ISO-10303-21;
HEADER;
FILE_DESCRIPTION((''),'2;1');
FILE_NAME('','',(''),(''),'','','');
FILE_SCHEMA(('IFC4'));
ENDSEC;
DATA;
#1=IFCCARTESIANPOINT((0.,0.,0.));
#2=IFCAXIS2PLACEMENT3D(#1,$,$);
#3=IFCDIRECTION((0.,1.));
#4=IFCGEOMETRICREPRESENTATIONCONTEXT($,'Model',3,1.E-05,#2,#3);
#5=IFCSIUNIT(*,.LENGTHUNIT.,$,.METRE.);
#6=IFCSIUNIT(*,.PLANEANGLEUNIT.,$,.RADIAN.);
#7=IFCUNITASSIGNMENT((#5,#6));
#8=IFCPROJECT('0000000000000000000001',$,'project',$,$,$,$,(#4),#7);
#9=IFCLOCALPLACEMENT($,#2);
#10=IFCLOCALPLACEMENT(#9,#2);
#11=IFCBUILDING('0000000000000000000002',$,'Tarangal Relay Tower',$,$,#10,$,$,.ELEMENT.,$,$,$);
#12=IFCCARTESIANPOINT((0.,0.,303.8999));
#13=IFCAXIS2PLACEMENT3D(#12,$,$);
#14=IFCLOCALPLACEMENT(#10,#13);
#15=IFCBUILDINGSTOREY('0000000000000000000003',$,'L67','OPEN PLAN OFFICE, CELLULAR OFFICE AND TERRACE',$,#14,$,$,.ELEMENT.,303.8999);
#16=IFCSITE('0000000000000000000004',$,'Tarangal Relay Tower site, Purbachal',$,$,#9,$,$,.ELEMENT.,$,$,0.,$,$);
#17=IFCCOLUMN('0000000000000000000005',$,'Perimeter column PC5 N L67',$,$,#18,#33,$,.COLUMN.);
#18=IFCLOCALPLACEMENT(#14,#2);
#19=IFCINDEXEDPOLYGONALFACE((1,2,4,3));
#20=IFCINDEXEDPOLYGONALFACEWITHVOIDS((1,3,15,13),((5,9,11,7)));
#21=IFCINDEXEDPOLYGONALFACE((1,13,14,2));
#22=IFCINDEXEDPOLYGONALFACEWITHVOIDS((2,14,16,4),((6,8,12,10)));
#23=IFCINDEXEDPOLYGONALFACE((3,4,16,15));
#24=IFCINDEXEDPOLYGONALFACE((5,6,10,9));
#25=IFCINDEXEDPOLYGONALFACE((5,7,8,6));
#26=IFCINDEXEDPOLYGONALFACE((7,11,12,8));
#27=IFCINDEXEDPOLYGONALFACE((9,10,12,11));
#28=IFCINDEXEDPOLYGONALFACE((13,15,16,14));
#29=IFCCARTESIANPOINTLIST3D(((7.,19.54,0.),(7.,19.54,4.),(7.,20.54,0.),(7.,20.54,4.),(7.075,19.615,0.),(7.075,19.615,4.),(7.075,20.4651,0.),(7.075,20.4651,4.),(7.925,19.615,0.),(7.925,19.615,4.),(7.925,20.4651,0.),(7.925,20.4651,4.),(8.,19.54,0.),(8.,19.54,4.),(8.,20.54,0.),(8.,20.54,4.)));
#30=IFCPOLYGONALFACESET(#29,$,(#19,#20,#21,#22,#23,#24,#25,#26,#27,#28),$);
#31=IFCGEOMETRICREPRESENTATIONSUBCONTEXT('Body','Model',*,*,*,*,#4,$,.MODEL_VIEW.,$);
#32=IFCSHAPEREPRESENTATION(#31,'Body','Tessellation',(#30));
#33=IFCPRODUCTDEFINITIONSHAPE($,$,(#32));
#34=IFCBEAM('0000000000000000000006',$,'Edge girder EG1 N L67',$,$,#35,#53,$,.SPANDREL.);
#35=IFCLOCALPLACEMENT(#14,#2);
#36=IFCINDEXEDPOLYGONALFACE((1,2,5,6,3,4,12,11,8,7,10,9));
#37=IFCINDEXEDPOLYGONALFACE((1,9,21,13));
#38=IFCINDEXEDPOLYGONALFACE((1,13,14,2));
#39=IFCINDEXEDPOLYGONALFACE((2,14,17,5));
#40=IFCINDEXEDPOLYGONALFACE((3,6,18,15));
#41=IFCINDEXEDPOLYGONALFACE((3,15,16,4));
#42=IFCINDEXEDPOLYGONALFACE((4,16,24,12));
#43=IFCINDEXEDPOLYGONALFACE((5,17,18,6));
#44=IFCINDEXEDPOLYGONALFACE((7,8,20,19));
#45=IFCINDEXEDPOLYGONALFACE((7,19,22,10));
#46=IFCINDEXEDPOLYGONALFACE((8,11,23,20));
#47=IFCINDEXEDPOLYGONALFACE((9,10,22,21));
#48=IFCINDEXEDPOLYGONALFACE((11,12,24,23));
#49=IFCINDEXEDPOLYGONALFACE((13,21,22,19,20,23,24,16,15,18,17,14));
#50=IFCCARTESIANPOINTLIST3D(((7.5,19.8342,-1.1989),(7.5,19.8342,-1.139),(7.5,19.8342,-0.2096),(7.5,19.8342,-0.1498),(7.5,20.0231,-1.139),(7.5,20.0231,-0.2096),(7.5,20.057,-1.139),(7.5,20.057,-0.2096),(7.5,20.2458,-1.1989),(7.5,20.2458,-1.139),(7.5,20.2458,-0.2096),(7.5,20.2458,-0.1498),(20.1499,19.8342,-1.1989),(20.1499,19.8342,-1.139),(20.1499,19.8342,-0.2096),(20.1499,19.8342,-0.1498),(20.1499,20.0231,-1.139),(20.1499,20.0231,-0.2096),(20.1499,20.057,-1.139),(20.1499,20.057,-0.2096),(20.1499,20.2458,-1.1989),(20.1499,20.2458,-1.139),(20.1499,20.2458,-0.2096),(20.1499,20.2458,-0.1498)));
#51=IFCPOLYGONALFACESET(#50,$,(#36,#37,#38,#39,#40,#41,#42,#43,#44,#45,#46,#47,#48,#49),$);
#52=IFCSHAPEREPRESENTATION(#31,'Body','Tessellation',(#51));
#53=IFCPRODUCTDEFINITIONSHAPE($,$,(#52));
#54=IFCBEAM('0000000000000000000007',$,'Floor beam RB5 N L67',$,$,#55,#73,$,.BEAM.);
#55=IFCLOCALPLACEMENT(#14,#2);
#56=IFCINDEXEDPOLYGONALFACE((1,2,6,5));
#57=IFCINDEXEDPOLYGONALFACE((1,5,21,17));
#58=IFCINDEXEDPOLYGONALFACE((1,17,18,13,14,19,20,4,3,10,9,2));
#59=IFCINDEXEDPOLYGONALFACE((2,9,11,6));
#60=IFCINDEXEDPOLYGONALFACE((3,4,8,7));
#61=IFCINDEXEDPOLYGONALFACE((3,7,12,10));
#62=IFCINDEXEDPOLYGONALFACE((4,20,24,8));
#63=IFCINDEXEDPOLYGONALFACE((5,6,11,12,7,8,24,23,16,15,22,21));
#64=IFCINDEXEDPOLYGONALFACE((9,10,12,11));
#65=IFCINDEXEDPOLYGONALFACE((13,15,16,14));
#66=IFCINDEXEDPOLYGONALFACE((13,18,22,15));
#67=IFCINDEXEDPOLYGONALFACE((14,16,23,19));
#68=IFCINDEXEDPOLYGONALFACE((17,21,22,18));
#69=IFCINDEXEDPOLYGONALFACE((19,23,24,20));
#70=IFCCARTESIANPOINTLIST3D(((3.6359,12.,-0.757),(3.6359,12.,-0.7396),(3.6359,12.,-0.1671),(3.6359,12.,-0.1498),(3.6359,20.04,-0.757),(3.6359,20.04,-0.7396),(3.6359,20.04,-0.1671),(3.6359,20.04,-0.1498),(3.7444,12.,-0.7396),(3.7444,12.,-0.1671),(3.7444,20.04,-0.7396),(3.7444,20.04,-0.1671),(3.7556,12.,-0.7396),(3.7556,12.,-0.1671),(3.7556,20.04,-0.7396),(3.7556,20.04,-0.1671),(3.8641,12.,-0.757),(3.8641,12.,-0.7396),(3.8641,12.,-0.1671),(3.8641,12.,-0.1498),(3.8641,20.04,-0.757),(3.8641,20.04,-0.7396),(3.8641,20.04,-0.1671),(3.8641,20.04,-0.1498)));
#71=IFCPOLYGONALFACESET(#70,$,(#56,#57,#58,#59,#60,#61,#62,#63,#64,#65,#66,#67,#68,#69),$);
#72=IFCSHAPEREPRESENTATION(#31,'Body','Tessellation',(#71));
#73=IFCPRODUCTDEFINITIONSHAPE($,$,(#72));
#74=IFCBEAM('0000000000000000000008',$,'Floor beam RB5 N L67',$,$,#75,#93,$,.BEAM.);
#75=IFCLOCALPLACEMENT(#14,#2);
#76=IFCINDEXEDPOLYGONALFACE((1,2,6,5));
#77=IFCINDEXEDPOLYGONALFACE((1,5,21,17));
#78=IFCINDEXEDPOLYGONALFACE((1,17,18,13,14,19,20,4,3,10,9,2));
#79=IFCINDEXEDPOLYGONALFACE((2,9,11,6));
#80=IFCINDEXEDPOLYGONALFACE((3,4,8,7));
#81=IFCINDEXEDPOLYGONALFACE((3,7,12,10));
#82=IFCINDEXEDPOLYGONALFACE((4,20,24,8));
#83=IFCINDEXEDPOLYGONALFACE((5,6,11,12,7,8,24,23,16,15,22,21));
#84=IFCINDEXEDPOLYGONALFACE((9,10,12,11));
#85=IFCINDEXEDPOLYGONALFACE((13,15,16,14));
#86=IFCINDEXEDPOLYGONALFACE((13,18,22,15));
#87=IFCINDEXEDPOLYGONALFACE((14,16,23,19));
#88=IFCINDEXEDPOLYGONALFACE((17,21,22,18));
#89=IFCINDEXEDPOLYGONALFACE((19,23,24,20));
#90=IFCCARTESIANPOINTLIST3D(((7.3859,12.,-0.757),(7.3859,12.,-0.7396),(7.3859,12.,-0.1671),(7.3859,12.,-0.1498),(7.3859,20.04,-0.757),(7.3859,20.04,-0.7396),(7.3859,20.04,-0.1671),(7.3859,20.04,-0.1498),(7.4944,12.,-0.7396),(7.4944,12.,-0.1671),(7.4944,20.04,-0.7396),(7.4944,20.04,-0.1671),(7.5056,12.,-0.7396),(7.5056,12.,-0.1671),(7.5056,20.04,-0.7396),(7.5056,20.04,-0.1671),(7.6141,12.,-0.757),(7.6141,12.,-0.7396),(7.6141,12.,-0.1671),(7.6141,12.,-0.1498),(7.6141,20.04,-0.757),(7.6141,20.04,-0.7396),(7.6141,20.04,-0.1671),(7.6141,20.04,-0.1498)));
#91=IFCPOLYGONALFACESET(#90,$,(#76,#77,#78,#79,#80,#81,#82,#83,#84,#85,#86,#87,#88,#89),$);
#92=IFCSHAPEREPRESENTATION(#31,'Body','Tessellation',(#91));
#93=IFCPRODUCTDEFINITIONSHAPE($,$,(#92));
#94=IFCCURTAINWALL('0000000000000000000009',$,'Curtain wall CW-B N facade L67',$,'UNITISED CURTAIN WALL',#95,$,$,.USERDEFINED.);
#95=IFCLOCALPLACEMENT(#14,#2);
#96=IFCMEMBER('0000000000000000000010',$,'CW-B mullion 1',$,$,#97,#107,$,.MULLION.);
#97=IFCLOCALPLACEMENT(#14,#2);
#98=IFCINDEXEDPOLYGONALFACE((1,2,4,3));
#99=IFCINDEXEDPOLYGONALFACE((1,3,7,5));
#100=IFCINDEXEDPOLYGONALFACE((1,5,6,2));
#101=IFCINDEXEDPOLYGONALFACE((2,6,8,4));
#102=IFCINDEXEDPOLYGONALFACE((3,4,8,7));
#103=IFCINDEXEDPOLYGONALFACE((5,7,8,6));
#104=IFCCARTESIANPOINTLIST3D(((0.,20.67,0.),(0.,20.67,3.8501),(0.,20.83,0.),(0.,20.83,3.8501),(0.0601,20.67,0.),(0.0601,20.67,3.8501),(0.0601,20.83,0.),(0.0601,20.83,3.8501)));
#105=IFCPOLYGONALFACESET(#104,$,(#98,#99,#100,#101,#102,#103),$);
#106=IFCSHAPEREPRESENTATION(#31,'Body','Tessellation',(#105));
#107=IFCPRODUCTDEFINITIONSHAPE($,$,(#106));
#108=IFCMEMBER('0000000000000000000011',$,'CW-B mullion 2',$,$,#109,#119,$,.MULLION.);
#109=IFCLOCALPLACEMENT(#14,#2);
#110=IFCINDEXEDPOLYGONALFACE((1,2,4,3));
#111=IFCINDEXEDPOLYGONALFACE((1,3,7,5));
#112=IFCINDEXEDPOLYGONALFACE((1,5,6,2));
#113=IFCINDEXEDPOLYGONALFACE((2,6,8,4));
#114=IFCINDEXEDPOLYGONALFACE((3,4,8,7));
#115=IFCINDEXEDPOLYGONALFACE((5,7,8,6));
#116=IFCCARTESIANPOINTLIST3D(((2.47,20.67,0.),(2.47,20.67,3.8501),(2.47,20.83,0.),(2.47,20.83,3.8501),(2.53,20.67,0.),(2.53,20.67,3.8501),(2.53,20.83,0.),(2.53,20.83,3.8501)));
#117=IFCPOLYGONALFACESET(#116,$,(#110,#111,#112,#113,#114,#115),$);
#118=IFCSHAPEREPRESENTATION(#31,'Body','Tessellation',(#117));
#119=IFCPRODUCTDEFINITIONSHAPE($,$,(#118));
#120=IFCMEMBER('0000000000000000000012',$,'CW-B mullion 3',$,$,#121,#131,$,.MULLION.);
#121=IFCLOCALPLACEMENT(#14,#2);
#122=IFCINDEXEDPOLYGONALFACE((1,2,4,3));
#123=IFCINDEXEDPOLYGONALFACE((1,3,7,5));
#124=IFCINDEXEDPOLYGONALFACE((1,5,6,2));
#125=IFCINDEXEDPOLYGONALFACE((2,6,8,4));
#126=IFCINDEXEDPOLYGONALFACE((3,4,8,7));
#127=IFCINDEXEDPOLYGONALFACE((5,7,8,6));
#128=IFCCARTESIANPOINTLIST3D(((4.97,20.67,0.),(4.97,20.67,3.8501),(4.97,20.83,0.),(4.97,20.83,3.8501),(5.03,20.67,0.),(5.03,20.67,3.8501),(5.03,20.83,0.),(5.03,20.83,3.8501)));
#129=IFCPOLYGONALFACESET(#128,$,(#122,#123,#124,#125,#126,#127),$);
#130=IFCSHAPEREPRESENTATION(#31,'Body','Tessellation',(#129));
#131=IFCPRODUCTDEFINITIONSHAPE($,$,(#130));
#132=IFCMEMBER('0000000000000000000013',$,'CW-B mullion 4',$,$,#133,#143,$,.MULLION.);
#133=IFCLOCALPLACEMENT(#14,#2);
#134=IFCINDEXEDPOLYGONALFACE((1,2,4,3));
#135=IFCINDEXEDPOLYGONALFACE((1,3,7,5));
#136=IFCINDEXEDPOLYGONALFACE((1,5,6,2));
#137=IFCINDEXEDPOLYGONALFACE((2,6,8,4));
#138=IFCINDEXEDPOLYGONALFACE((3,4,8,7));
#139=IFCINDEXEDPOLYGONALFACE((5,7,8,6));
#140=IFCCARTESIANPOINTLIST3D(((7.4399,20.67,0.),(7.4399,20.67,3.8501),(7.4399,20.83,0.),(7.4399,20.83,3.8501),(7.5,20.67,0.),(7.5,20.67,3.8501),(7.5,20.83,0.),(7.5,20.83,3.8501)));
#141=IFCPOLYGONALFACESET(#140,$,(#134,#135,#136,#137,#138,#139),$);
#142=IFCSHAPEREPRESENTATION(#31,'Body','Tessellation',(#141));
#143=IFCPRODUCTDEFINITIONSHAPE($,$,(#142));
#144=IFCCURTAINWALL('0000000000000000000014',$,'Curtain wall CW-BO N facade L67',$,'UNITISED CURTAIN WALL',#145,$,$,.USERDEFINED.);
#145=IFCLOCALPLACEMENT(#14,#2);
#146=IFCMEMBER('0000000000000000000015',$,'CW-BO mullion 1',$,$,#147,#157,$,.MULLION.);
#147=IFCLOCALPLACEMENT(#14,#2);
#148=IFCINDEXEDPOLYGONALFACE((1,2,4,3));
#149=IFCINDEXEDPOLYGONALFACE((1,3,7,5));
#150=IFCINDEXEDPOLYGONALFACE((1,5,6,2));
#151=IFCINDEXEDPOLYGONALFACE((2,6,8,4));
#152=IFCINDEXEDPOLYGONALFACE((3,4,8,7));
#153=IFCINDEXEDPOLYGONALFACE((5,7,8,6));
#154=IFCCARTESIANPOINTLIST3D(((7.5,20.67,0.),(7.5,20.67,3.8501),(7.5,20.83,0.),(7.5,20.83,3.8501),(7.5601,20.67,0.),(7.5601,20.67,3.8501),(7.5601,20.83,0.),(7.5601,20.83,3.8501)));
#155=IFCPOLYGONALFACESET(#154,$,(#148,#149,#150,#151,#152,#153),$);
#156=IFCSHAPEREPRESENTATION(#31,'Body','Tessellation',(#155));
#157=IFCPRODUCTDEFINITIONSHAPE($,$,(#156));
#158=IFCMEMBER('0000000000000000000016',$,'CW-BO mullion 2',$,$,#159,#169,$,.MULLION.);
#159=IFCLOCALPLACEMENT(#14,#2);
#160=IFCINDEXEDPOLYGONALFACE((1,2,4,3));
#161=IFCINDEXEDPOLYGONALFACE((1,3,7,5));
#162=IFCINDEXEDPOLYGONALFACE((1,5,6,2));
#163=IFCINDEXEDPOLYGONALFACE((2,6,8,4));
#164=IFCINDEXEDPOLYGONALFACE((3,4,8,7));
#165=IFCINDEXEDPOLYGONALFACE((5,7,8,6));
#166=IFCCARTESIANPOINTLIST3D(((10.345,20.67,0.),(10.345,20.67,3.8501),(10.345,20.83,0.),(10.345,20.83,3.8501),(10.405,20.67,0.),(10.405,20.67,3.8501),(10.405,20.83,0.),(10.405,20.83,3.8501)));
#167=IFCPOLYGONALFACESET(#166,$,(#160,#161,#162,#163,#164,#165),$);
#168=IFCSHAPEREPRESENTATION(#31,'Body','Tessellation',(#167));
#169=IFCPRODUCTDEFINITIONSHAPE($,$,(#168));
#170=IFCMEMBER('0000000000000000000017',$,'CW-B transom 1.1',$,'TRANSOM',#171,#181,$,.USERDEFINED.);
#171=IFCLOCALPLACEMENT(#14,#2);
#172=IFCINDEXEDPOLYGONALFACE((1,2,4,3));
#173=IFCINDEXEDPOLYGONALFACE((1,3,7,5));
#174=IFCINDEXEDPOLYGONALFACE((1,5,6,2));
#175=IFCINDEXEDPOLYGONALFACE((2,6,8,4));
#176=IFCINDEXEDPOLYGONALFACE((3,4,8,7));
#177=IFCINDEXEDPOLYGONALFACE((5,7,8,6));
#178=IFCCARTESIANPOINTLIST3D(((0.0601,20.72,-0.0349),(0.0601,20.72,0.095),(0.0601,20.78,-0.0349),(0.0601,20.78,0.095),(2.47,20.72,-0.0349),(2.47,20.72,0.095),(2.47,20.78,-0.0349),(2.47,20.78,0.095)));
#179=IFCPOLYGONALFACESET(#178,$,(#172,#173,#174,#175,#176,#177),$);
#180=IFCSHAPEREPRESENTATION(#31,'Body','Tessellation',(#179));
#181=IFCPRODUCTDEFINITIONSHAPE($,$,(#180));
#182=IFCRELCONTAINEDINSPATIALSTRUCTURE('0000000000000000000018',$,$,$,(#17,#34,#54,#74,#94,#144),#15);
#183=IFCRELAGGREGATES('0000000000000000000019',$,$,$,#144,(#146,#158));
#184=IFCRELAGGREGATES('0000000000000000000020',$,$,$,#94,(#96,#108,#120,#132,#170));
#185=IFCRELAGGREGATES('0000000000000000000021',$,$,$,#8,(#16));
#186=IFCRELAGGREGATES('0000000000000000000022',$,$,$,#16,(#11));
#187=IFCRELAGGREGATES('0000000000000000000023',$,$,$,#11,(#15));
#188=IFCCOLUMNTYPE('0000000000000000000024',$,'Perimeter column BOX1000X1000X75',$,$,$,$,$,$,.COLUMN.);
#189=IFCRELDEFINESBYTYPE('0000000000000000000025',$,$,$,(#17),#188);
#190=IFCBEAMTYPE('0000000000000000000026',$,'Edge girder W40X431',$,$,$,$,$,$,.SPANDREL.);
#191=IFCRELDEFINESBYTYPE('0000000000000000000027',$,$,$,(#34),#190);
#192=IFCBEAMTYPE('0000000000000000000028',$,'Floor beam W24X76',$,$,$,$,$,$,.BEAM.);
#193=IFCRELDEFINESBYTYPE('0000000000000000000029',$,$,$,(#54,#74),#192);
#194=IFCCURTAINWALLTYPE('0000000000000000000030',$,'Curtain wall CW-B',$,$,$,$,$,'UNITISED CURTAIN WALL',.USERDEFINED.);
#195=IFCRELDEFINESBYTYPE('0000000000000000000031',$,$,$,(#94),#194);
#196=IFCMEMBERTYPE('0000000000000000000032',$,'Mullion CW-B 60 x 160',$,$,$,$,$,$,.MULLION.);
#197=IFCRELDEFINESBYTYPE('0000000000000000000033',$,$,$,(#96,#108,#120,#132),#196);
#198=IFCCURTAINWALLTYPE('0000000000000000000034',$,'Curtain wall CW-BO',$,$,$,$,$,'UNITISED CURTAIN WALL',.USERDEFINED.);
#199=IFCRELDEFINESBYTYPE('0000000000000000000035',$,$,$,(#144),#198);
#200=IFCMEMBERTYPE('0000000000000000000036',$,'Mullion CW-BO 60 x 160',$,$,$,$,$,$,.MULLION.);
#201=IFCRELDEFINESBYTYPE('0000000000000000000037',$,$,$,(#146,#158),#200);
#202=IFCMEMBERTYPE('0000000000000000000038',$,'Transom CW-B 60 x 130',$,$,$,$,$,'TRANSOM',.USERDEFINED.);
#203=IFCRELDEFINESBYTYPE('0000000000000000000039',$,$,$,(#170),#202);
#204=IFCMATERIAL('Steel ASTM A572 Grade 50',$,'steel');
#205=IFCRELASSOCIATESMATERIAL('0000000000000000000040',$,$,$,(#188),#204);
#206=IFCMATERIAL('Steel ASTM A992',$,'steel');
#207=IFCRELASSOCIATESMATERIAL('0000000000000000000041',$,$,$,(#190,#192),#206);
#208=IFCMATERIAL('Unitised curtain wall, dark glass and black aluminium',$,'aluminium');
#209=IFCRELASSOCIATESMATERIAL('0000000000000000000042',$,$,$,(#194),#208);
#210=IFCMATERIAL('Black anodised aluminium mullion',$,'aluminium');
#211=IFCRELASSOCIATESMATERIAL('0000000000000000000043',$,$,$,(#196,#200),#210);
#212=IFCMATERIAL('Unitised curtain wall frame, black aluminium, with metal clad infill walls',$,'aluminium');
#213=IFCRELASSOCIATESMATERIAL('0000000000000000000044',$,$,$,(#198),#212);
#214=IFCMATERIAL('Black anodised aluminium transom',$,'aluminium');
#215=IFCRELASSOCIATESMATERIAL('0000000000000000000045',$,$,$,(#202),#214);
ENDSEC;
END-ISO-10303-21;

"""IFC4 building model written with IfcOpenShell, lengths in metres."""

from ifc_helpers import new_model, si_unit, direction, frame, origin, origin_2d, place, context, subcontext, project, spatial, rectangle, hollow_rectangle, i_section, extrude, material, material_profile, profile_set, type_object, element, aggregate, save


model = new_model("IFC4")

# Units and contexts
model_context = context("Model", 3, precision=1e-05, world=origin(), true_north=direction((0.0, 1.0)))
body_context = subcontext(model_context, "Body", "Model", "MODEL_VIEW")
ifc_project = project(units=[si_unit("LENGTHUNIT", "METRE"), si_unit("PLANEANGLEUNIT", "RADIAN")], contexts=[model_context])

# Site, building, storey
site_placement = place(None, origin())
site = spatial("IfcSite", under=ifc_project, at=site_placement, Name="Tarangal Relay Tower site, Purbachal", CompositionType="ELEMENT", RefElevation=0.0)
building_placement = place(site_placement, origin())
building = spatial("IfcBuilding", under=site, at=building_placement, Name="Tarangal Relay Tower", CompositionType="ELEMENT")
storey_placement = place(building_placement, frame((0.0, 0.0, 303.8999)))
storey = spatial("IfcBuildingStorey", under=building, at=storey_placement, Name="L67", Description="OPEN PLAN OFFICE, CELLULAR OFFICE AND TERRACE", CompositionType="ELEMENT", Elevation=303.8999)

# Column
ifc_material_1 = material(Name="Steel ASTM A572 Grade 50", Category="steel")
ifc_material_profile_1 = material_profile(ifc_material_1, hollow_rectangle(XDim=1.0, YDim=1.0, WallThickness=0.075, at=origin_2d()), Name="BOX1000X1000X75")
ifc_profile_set_1 = profile_set([ifc_material_profile_1], Name="Steel ASTM A572 Grade 50")
column_type = type_object("IfcColumnType", Name="Perimeter column BOX1000X1000X75", PredefinedType="COLUMN", material=ifc_profile_set_1)
column_placement = place(storey_placement, frame((7.5, 20.04, 0.0), z_axis=(0.0, 0.0, 1.0), x_axis=(1.0, 0.0, 0.0)))
element("IfcColumn", 1, at=column_placement, inside=storey, type_object=column_type, Name="Perimeter column PC5 N L67", PredefinedType="COLUMN", context=body_context, shape_type="SweptSolid", body=[
    extrude(hollow_rectangle(XDim=1.0, YDim=1.0, WallThickness=0.075, at=origin_2d()), origin(), (0.0, 0.0, 1.0), 4.0),
])

# Beams
ifc_material_2 = material(Name="Steel ASTM A992", Category="steel")
ifc_material_profile_2 = material_profile(ifc_material_2, i_section(OverallWidth=0.4116, OverallDepth=1.0491, WebThickness=0.0339, FlangeThickness=0.0598, at=origin_2d()), Name="W40X431")
ifc_profile_set_2 = profile_set([ifc_material_profile_2], Name="Steel ASTM A992")
beam_type_1 = type_object("IfcBeamType", Name="Edge girder W40X431", PredefinedType="SPANDREL", material=ifc_profile_set_2)
beam_placement = place(storey_placement, frame((7.5, 20.04, -0.6743), z_axis=(1.0, 0.0, 0.0), x_axis=(0.0, 1.0, 0.0)))
element("IfcBeam", 2, at=beam_placement, inside=storey, type_object=beam_type_1, Name="Edge girder EG1 N L67", PredefinedType="SPANDREL", context=body_context, shape_type="SweptSolid", body=[
    extrude(i_section(OverallWidth=0.4116, OverallDepth=1.0491, WebThickness=0.0339, FlangeThickness=0.0598, at=origin_2d()), origin(), (0.0, 0.0, 1.0), 12.6499),
])
ifc_material_profile_3 = material_profile(ifc_material_2, i_section(OverallWidth=0.2283, OverallDepth=0.6072, WebThickness=0.0112, FlangeThickness=0.0173, at=origin_2d()), Name="W24X76")
ifc_profile_set_3 = profile_set([ifc_material_profile_3], Name="Steel ASTM A992")
beam_type_2 = type_object("IfcBeamType", Name="Floor beam W24X76", PredefinedType="BEAM", material=ifc_profile_set_3)
for number, where, z_axis, x_axis, name in (
    (3, (3.75, 12.0, -0.4534), (0.0, 1.0, 0.0), (-1.0, 0.0, 0.0), "Floor beam RB5 N L67"),
    (4, (7.5, 12.0, -0.4534), (0.0, 1.0, 0.0), (-1.0, 0.0, 0.0), "Floor beam RB5 N L67"),
):
    element("IfcBeam", number, at=place(storey_placement, frame(where, z_axis=z_axis, x_axis=x_axis)), inside=storey, type_object=beam_type_2, Name=name, PredefinedType="BEAM", context=body_context, shape_type="SweptSolid", body=[
        extrude(i_section(OverallWidth=0.2283, OverallDepth=0.6072, WebThickness=0.0112, FlangeThickness=0.0173, at=origin_2d()), origin(), (0.0, 0.0, 1.0), 8.04),
    ])

# Curtain walls, members
ifc_material_3 = material(Name="Unitised curtain wall, dark glass and black aluminium", Category="aluminium")
curtain_wall_type_1 = type_object("IfcCurtainWallType", Name="Curtain wall CW-B", ElementType="UNITISED CURTAIN WALL", PredefinedType="USERDEFINED", material=ifc_material_3)
curtain_wall_1_placement = place(storey_placement, origin())
curtain_wall_1 = element("IfcCurtainWall", 5, at=curtain_wall_1_placement, inside=storey, type_object=curtain_wall_type_1, Name="Curtain wall CW-B N facade L67", ObjectType="UNITISED CURTAIN WALL", PredefinedType="USERDEFINED")
ifc_material_4 = material(Name="Black anodised aluminium mullion", Category="aluminium")
ifc_material_profile_4 = material_profile(ifc_material_4, rectangle(XDim=0.1599, YDim=0.0601, at=origin_2d()), Name="CW-BM 60X160")
ifc_profile_set_4 = profile_set([ifc_material_profile_4], Name="Black anodised aluminium mullion")
member_type_1 = type_object("IfcMemberType", Name="Mullion CW-B 60 x 160", PredefinedType="MULLION", material=ifc_profile_set_4)
member_1_placement = place(storey_placement, frame((0.03, 20.75, 0.0), z_axis=(0.0, 0.0, 1.0), x_axis=(0.0, 1.0, 0.0)))
member_1 = element("IfcMember", 6, at=member_1_placement, type_object=member_type_1, Name="CW-B mullion 1", PredefinedType="MULLION", context=body_context, shape_type="SweptSolid", body=[
    extrude(rectangle(XDim=0.1599, YDim=0.0601, at=origin_2d()), origin(), (0.0, 0.0, 1.0), 3.8501),
])
member_2_placement = place(storey_placement, frame((2.5, 20.75, 0.0), z_axis=(0.0, 0.0, 1.0), x_axis=(0.0, 1.0, 0.0)))
member_2 = element("IfcMember", 7, at=member_2_placement, type_object=member_type_1, Name="CW-B mullion 2", PredefinedType="MULLION", context=body_context, shape_type="SweptSolid", body=[
    extrude(rectangle(XDim=0.1599, YDim=0.0601, at=origin_2d()), origin(), (0.0, 0.0, 1.0), 3.8501),
])
member_3_placement = place(storey_placement, frame((5.0, 20.75, 0.0), z_axis=(0.0, 0.0, 1.0), x_axis=(0.0, 1.0, 0.0)))
member_3 = element("IfcMember", 8, at=member_3_placement, type_object=member_type_1, Name="CW-B mullion 3", PredefinedType="MULLION", context=body_context, shape_type="SweptSolid", body=[
    extrude(rectangle(XDim=0.1599, YDim=0.0601, at=origin_2d()), origin(), (0.0, 0.0, 1.0), 3.8501),
])
member_4_placement = place(storey_placement, frame((7.47, 20.75, 0.0), z_axis=(0.0, 0.0, 1.0), x_axis=(0.0, 1.0, 0.0)))
member_4 = element("IfcMember", 9, at=member_4_placement, type_object=member_type_1, Name="CW-B mullion 4", PredefinedType="MULLION", context=body_context, shape_type="SweptSolid", body=[
    extrude(rectangle(XDim=0.1599, YDim=0.0601, at=origin_2d()), origin(), (0.0, 0.0, 1.0), 3.8501),
])
ifc_material_5 = material(Name="Unitised curtain wall frame, black aluminium, with metal clad infill walls", Category="aluminium")
curtain_wall_type_2 = type_object("IfcCurtainWallType", Name="Curtain wall CW-BO", ElementType="UNITISED CURTAIN WALL", PredefinedType="USERDEFINED", material=ifc_material_5)
curtain_wall_2_placement = place(storey_placement, origin())
curtain_wall_2 = element("IfcCurtainWall", 10, at=curtain_wall_2_placement, inside=storey, type_object=curtain_wall_type_2, Name="Curtain wall CW-BO N facade L67", ObjectType="UNITISED CURTAIN WALL", PredefinedType="USERDEFINED")
ifc_material_profile_5 = material_profile(ifc_material_4, rectangle(XDim=0.1599, YDim=0.0601, at=origin_2d()), Name="CW-BOM 60X160")
ifc_profile_set_5 = profile_set([ifc_material_profile_5], Name="Black anodised aluminium mullion")
member_type_2 = type_object("IfcMemberType", Name="Mullion CW-BO 60 x 160", PredefinedType="MULLION", material=ifc_profile_set_5)
member_5_placement = place(storey_placement, frame((7.53, 20.75, 0.0), z_axis=(0.0, 0.0, 1.0), x_axis=(0.0, 1.0, 0.0)))
member_5 = element("IfcMember", 11, at=member_5_placement, type_object=member_type_2, Name="CW-BO mullion 1", PredefinedType="MULLION", context=body_context, shape_type="SweptSolid", body=[
    extrude(rectangle(XDim=0.1599, YDim=0.0601, at=origin_2d()), origin(), (0.0, 0.0, 1.0), 3.8501),
])
member_6_placement = place(storey_placement, frame((10.375, 20.75, 0.0), z_axis=(0.0, 0.0, 1.0), x_axis=(0.0, 1.0, 0.0)))
member_6 = element("IfcMember", 12, at=member_6_placement, type_object=member_type_2, Name="CW-BO mullion 2", PredefinedType="MULLION", context=body_context, shape_type="SweptSolid", body=[
    extrude(rectangle(XDim=0.1599, YDim=0.0601, at=origin_2d()), origin(), (0.0, 0.0, 1.0), 3.8501),
])

# Member
ifc_material_6 = material(Name="Black anodised aluminium transom", Category="aluminium")
ifc_material_profile_6 = material_profile(ifc_material_6, rectangle(XDim=0.0601, YDim=0.1299, at=origin_2d()), Name="CW-BT 60X130")
ifc_profile_set_6 = profile_set([ifc_material_profile_6], Name="Black anodised aluminium transom")
member_type_3 = type_object("IfcMemberType", Name="Transom CW-B 60 x 130", ElementType="TRANSOM", PredefinedType="USERDEFINED", material=ifc_profile_set_6)
member_7_placement = place(storey_placement, frame((0.0601, 20.75, 0.03), z_axis=(1.0, 0.0, 0.0), x_axis=(0.0, 1.0, 0.0)))
member_7 = element("IfcMember", 13, at=member_7_placement, type_object=member_type_3, Name="CW-B transom 1.1", ObjectType="TRANSOM", PredefinedType="USERDEFINED", context=body_context, shape_type="SweptSolid", body=[
    extrude(rectangle(XDim=0.0601, YDim=0.1299, at=origin_2d()), origin(), (0.0, 0.0, 1.0), 2.4099),
])
aggregate(curtain_wall_2, [member_5, member_6])

aggregate(curtain_wall_1, [member_1, member_2, member_3, member_4, member_7])

save(model, "model.ifc")
